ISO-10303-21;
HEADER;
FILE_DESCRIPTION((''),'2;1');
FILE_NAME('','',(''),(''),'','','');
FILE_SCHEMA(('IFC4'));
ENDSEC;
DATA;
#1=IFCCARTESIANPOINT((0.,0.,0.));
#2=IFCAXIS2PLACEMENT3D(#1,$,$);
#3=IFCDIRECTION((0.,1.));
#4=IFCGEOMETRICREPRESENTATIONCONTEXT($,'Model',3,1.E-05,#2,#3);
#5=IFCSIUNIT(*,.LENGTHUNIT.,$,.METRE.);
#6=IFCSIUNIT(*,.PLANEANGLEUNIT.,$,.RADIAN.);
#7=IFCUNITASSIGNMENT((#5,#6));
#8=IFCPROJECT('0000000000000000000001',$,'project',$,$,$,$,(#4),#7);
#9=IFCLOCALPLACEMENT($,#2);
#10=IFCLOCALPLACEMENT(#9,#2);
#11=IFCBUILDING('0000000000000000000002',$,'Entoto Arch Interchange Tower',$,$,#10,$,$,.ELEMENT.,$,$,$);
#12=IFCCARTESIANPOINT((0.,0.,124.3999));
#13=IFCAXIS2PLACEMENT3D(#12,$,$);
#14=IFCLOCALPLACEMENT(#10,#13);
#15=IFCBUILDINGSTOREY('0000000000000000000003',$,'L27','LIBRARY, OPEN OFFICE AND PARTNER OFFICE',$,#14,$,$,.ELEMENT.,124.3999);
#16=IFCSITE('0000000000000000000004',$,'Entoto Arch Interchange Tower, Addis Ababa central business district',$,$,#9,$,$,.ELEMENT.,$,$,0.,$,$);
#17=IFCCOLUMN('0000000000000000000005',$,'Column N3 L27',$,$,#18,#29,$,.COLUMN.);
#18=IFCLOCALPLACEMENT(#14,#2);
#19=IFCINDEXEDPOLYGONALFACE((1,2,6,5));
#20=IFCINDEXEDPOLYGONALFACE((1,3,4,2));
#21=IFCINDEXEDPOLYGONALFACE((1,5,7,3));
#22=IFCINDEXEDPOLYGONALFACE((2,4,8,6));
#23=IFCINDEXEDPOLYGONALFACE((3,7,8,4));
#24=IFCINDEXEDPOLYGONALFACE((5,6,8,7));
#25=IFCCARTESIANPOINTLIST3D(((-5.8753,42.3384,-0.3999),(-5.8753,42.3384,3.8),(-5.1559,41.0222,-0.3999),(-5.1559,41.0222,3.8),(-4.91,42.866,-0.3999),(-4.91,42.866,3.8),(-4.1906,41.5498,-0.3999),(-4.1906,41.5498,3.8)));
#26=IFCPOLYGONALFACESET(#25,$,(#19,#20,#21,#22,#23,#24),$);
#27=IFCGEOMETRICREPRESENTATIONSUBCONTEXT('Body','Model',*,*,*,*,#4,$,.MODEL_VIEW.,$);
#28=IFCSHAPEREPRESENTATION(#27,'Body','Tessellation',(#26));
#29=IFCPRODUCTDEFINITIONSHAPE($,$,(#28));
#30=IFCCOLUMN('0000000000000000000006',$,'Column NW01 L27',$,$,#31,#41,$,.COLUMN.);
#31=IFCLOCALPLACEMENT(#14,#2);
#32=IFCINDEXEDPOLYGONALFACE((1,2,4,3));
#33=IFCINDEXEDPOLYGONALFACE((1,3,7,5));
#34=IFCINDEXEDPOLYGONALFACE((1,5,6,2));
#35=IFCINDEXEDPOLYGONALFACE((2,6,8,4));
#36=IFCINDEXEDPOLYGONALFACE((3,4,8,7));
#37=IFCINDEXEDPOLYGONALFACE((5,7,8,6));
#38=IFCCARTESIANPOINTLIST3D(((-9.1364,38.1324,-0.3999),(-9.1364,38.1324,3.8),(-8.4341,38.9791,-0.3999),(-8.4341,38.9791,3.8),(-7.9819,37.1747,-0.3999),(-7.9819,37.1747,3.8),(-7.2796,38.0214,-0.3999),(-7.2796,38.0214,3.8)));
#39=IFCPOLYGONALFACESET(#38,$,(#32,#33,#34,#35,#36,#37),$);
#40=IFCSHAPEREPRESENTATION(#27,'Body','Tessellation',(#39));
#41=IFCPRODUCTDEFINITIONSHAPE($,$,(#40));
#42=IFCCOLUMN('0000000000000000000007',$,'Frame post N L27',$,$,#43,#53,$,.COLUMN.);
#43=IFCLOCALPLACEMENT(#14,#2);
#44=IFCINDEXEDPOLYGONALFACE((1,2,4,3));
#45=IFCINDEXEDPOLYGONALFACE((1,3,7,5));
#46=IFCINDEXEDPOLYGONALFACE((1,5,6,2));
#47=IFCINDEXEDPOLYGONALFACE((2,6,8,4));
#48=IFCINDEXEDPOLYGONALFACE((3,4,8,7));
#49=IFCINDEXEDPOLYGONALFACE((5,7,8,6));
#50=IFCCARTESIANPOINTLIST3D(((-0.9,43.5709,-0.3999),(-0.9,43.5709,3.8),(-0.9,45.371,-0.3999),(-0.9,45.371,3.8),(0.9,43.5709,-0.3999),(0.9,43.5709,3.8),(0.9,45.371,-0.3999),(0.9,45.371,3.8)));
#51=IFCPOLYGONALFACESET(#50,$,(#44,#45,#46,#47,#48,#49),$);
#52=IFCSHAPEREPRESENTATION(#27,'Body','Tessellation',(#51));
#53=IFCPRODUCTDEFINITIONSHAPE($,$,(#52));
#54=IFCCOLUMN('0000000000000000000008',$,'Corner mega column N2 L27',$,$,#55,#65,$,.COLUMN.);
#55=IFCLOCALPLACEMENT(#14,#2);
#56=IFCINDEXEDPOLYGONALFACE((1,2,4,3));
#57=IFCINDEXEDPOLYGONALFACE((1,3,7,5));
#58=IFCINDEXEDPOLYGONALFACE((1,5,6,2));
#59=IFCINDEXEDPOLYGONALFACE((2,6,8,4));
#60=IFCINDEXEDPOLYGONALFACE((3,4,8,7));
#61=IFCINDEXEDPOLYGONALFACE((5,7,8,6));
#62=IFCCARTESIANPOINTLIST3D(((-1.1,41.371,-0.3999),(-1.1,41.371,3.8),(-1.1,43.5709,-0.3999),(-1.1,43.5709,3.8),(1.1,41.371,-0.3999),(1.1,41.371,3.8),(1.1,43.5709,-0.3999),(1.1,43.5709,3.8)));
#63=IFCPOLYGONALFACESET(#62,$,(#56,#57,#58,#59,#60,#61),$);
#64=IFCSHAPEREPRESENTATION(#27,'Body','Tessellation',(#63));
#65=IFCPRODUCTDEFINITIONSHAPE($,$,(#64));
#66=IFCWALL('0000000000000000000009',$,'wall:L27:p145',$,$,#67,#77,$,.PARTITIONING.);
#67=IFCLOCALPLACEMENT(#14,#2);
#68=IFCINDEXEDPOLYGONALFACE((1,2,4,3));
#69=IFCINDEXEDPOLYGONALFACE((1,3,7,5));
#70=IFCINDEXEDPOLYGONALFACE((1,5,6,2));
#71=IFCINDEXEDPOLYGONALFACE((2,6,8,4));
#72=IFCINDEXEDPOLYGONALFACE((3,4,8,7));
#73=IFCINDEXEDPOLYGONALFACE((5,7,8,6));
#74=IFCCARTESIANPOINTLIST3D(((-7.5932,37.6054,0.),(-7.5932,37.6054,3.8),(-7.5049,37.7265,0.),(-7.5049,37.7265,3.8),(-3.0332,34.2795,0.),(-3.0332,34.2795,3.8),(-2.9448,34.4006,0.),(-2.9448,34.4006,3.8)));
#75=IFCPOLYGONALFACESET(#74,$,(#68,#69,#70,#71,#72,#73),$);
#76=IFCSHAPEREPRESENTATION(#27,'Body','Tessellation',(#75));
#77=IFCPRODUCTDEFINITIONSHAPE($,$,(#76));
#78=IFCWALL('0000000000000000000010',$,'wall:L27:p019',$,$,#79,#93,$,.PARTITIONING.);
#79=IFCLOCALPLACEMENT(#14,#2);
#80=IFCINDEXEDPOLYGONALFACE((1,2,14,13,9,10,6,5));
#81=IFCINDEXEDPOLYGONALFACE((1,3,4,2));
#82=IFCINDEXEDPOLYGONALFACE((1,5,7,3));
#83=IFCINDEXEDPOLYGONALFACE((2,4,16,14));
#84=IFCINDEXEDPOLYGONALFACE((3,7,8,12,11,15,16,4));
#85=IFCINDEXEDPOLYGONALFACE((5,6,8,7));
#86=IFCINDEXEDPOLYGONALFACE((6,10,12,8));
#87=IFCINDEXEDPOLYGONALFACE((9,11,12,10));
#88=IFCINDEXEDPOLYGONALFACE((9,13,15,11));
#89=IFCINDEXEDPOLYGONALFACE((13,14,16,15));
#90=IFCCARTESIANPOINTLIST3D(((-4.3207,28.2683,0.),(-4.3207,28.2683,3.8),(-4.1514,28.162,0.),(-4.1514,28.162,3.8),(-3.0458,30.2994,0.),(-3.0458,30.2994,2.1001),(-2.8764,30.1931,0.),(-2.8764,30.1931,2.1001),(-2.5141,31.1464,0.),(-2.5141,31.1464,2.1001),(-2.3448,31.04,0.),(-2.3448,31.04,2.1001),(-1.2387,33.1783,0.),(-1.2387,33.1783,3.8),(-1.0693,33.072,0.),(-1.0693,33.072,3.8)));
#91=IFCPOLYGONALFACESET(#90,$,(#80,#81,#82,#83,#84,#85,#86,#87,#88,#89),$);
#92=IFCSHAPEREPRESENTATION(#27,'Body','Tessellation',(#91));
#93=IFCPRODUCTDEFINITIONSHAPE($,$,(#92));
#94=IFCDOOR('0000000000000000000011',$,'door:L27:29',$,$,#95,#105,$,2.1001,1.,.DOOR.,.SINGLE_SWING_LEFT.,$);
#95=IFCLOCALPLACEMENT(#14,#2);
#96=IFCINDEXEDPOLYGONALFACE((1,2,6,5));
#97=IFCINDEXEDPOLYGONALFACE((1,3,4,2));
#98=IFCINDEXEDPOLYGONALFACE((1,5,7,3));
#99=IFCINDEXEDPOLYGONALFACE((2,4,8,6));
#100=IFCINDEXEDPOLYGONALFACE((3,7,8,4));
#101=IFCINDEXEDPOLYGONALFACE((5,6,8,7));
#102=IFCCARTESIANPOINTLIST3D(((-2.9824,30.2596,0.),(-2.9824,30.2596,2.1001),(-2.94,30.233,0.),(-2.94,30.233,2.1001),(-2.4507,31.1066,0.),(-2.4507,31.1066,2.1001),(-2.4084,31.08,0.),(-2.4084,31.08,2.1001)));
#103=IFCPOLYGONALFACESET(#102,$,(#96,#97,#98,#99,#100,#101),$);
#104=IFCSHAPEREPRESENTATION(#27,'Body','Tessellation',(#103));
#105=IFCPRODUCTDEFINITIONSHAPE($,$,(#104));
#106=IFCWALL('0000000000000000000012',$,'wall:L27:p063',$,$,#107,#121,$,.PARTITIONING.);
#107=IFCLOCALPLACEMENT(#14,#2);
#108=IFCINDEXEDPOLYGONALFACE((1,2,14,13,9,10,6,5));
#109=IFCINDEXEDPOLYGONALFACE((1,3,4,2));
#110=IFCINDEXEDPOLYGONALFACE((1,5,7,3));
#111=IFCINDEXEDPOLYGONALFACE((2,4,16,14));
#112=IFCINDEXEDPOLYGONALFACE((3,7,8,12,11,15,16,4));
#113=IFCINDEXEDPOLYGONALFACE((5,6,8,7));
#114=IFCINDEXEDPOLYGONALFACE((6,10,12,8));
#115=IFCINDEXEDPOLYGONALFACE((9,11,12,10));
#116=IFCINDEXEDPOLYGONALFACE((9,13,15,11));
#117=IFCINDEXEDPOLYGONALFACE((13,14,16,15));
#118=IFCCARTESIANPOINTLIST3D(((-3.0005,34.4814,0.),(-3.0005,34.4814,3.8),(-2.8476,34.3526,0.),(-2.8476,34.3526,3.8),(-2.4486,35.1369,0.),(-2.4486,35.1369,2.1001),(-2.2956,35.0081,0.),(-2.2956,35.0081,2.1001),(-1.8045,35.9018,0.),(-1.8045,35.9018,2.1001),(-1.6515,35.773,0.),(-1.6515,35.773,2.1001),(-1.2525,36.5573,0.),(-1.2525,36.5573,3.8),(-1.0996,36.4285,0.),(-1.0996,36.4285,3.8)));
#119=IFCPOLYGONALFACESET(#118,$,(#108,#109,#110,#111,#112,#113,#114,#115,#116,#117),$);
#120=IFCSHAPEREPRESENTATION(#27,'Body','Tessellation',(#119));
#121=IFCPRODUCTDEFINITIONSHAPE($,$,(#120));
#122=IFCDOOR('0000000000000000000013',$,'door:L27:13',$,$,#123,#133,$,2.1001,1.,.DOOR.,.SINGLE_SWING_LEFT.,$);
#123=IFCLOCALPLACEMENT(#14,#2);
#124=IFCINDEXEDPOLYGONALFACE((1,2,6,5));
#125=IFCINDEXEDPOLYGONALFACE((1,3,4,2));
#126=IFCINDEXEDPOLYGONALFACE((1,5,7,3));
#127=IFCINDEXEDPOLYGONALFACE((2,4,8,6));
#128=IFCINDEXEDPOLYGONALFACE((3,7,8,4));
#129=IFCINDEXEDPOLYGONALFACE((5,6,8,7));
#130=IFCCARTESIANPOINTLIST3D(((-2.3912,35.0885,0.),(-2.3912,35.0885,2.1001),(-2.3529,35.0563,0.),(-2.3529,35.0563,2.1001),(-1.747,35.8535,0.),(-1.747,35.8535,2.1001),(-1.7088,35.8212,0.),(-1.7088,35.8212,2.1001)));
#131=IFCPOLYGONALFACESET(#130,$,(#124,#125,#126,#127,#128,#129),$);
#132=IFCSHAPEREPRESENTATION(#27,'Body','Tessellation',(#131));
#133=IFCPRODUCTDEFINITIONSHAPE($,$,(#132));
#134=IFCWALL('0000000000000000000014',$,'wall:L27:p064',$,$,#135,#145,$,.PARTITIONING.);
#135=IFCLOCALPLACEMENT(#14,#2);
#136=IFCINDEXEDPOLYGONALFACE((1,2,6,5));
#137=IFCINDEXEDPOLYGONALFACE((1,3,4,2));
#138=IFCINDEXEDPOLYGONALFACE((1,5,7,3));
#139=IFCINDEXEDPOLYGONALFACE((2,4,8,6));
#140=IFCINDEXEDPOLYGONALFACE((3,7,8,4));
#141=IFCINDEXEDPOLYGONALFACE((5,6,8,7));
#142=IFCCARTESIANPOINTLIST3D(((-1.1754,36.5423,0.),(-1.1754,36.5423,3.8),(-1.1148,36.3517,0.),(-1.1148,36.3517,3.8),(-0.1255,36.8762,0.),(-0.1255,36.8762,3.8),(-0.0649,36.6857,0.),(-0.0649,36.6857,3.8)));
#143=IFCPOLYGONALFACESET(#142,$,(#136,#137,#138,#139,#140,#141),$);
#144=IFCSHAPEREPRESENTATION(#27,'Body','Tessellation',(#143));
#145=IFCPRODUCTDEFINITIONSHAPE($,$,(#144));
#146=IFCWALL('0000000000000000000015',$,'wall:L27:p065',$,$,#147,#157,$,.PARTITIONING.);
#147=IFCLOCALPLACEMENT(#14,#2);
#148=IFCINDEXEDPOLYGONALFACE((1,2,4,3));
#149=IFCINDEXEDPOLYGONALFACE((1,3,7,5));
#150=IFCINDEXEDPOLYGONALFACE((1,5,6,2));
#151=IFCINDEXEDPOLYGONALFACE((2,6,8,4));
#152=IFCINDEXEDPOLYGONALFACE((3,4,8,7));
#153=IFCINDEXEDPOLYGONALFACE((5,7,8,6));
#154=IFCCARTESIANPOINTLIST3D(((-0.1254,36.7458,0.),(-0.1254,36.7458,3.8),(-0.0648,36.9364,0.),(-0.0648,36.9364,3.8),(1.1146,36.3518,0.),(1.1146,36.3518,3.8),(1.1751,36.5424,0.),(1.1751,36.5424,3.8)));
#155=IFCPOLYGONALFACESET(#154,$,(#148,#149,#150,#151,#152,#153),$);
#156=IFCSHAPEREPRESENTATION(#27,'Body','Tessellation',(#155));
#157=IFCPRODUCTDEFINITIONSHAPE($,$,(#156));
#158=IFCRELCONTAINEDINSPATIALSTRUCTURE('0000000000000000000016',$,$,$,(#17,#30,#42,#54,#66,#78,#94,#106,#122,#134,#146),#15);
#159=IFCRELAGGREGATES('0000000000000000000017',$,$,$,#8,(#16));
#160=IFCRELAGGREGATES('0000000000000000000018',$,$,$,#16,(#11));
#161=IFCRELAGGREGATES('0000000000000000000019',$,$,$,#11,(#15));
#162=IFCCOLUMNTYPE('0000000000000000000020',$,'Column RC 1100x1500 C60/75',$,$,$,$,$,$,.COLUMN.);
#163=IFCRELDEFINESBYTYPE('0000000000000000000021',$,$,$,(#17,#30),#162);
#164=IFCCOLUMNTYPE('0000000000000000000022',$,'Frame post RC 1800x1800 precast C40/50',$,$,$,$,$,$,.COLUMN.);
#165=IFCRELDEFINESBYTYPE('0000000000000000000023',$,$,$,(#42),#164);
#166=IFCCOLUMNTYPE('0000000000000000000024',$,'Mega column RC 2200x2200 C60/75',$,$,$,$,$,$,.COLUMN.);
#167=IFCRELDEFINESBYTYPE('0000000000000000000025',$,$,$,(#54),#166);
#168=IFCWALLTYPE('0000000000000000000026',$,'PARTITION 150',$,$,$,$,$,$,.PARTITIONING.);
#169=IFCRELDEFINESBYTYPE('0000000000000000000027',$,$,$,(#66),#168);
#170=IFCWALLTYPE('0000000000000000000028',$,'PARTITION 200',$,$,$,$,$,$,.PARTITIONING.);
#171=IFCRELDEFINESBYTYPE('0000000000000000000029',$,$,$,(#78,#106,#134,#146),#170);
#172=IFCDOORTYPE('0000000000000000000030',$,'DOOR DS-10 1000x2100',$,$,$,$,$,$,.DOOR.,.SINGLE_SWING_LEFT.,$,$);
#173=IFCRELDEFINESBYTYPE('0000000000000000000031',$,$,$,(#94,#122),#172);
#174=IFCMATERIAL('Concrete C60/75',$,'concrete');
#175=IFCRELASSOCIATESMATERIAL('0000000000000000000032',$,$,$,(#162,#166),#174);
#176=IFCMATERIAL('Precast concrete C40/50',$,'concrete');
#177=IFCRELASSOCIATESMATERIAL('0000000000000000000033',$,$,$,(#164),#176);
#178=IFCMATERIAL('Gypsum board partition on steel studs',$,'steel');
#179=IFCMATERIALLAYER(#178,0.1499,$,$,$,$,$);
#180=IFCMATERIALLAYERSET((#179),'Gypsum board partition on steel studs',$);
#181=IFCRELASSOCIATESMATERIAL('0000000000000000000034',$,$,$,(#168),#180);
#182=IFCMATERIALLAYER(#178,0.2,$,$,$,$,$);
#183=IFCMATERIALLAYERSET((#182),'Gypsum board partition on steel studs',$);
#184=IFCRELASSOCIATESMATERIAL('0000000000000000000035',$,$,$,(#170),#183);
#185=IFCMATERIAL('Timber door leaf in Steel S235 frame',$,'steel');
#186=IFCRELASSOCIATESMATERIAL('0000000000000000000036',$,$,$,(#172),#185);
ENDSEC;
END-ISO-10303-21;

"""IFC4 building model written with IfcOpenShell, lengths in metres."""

from ifc_helpers import new_model, si_unit, direction, frame, frame_2d, origin, origin_2d, place, context, subcontext, project, spatial, rectangle, extrude, material, layer, layer_set, material_profile, profile_set, type_object, element, fill, save


model = new_model("IFC4")

# Units and contexts
model_context = context("Model", 3, precision=1e-05, world=origin(), true_north=direction((0.0, 1.0)))
body_context = subcontext(model_context, "Body", "Model", "MODEL_VIEW")
ifc_project = project(units=[si_unit("LENGTHUNIT", "METRE"), si_unit("PLANEANGLEUNIT", "RADIAN")], contexts=[model_context])

# Site, building, storey
site_placement = place(None, origin())
site = spatial("IfcSite", under=ifc_project, at=site_placement, Name="Entoto Arch Interchange Tower, Addis Ababa central business district", CompositionType="ELEMENT", RefElevation=0.0)
building_placement = place(site_placement, origin())
building = spatial("IfcBuilding", under=site, at=building_placement, Name="Entoto Arch Interchange Tower", CompositionType="ELEMENT")
storey_placement = place(building_placement, frame((0.0, 0.0, 124.3999)))
storey = spatial("IfcBuildingStorey", under=building, at=storey_placement, Name="L27", Description="LIBRARY, OPEN OFFICE AND PARTNER OFFICE", CompositionType="ELEMENT", Elevation=124.3999)

# Columns
ifc_material_1 = material(Name="Concrete C60/75", Category="concrete")
ifc_material_profile_1 = material_profile(ifc_material_1, rectangle(XDim=1.1001, YDim=1.5, at=origin_2d()))
ifc_profile_set_1 = profile_set([ifc_material_profile_1], Name="Concrete C60/75")
column_type_1 = type_object("IfcColumnType", Name="Column RC 1100x1500 C60/75", PredefinedType="COLUMN", material=ifc_profile_set_1)
for number, where, z_axis, x_axis, name in (
    (1, (-5.033, 41.9441, -0.3999), (0.0, 0.0, 1.0), (0.877481, 0.479611, 0.0), "Column N3 L27"),
    (2, (-8.208, 38.0769, -0.3999), (0.0, 0.0, 1.0), (0.638459, 0.769656, 0.0), "Column NW01 L27"),
):
    element("IfcColumn", number, at=place(storey_placement, frame(where, z_axis=z_axis, x_axis=x_axis)), inside=storey, type_object=column_type_1, Name=name, PredefinedType="COLUMN", context=body_context, shape_type="SweptSolid", body=[
        extrude(rectangle(XDim=1.1001, YDim=1.5, at=origin_2d()), origin(), (0.0, 0.0, 1.0), 4.2),
    ])
ifc_material_2 = material(Name="Precast concrete C40/50", Category="concrete")
ifc_material_profile_2 = material_profile(ifc_material_2, rectangle(XDim=1.8, YDim=1.8, at=origin_2d()))
ifc_profile_set_2 = profile_set([ifc_material_profile_2], Name="Precast concrete C40/50")
column_type_2 = type_object("IfcColumnType", Name="Frame post RC 1800x1800 precast C40/50", PredefinedType="COLUMN", material=ifc_profile_set_2)
column_1_placement = place(storey_placement, frame((0.0, 44.4709, -0.3999), z_axis=(0.0, 0.0, 1.0), x_axis=(0.0, 1.0, 0.0)))
element("IfcColumn", 3, at=column_1_placement, inside=storey, type_object=column_type_2, Name="Frame post N L27", PredefinedType="COLUMN", context=body_context, shape_type="SweptSolid", body=[
    extrude(rectangle(XDim=1.8, YDim=1.8, at=origin_2d()), origin(), (0.0, 0.0, 1.0), 4.2),
])
ifc_material_profile_3 = material_profile(ifc_material_1, rectangle(XDim=2.2, YDim=2.2, at=origin_2d()))
ifc_profile_set_3 = profile_set([ifc_material_profile_3], Name="Concrete C60/75")
column_type_3 = type_object("IfcColumnType", Name="Mega column RC 2200x2200 C60/75", PredefinedType="COLUMN", material=ifc_profile_set_3)
column_2_placement = place(storey_placement, frame((0.0, 42.4709, -0.3999), z_axis=(0.0, 0.0, 1.0), x_axis=(0.0, 1.0, 0.0)))
element("IfcColumn", 4, at=column_2_placement, inside=storey, type_object=column_type_3, Name="Corner mega column N2 L27", PredefinedType="COLUMN", context=body_context, shape_type="SweptSolid", body=[
    extrude(rectangle(XDim=2.2, YDim=2.2, at=origin_2d()), origin(), (0.0, 0.0, 1.0), 4.2),
])

# Wall
ifc_material_3 = material(Name="Gypsum board partition on steel studs", Category="steel")
ifc_layer_1 = layer(ifc_material_3, 0.1499)
ifc_layer_set_1 = layer_set([ifc_layer_1], Name="Gypsum board partition on steel studs")
wall_type_1 = type_object("IfcWallType", Name="PARTITION 150", PredefinedType="PARTITIONING", material=ifc_layer_set_1)
wall_1_placement = place(storey_placement, frame((-2.989, 34.3401, 0.0), z_axis=(0.0, 0.0, 1.0), x_axis=(-0.807933, 0.589275, 0.0)))
element("IfcWall", 5, at=wall_1_placement, inside=storey, type_object=wall_type_1, Name="wall:L27:p145", PredefinedType="PARTITIONING", context=body_context, shape_type="SweptSolid", body=[
    extrude(rectangle(XDim=5.644, YDim=0.1499, at=frame_2d((2.822, 0.0))), origin(), (0.0, 0.0, 1.0), 3.8),
])

# Walls, openings, doors
ifc_layer_2 = layer(ifc_material_3, 0.2)
ifc_layer_set_2 = layer_set([ifc_layer_2], Name="Gypsum board partition on steel studs")
wall_type_2 = type_object("IfcWallType", Name="PARTITION 200", PredefinedType="PARTITIONING", material=ifc_layer_set_2)
wall_2_placement = place(storey_placement, frame((-1.1541, 33.125, 0.0), z_axis=(0.0, 0.0, 1.0), x_axis=(-0.531652, -0.846963, 0.0)))
wall_2 = element("IfcWall", 6, at=wall_2_placement, inside=storey, type_object=wall_type_2, Name="wall:L27:p019", PredefinedType="PARTITIONING", context=body_context, shape_type="SweptSolid", body=[
    extrude(rectangle(XDim=5.7971, YDim=0.2, at=frame_2d((2.8984, 0.0))), origin(), (0.0, 0.0, 1.0), 3.8),
])
opening_1_placement = place(wall_2_placement, frame((2.3989, 0.0, 0.0)))
opening_1 = element("IfcOpeningElement", 7, at=opening_1_placement, cuts=wall_2, PredefinedType="OPENING", context=body_context, shape_type="SweptSolid", body=[
    extrude(rectangle(XDim=1.0, YDim=2.1001, at=frame_2d((0.5, 1.05))), frame((0.0, 0.1099, 0.0), z_axis=(0.0, -1.0, 0.0), x_axis=(1.0, 0.0, 0.0)), (0.0, 0.0, 1.0), 0.22),
])
ifc_material_4 = material(Name="Timber door leaf in Steel S235 frame", Category="steel")
door_type = type_object("IfcDoorType", Name="DOOR DS-10 1000x2100", OperationType="SINGLE_SWING_LEFT", PredefinedType="DOOR", material=ifc_material_4)
door_1_placement = place(opening_1_placement, origin())
door_1 = element("IfcDoor", 8, at=door_1_placement, inside=storey, type_object=door_type, Name="door:L27:29", OperationType="SINGLE_SWING_LEFT", OverallHeight=2.1001, OverallWidth=1.0, PredefinedType="DOOR", context=body_context, shape_type="SweptSolid", body=[
    extrude(rectangle(XDim=1.0, YDim=2.1001, at=frame_2d((0.5, 1.05))), frame((0.0, 0.0249, 0.0), z_axis=(0.0, -1.0, 0.0), x_axis=(1.0, 0.0, 0.0)), (0.0, 0.0, 1.0), 0.05),
])
fill(opening_1, door_1)
wall_3_placement = place(storey_placement, frame((-2.9241, 34.417, 0.0), z_axis=(0.0, 0.0, 1.0), x_axis=(0.644114, 0.76493, 0.0)))
wall_3 = element("IfcWall", 9, at=wall_3_placement, inside=storey, type_object=wall_type_2, Name="wall:L27:p063", PredefinedType="PARTITIONING", context=body_context, shape_type="SweptSolid", body=[
    extrude(rectangle(XDim=2.7139, YDim=0.2, at=frame_2d((1.3569, 0.0))), origin(), (0.0, 0.0, 1.0), 3.8),
])
opening_2_placement = place(wall_3_placement, frame((0.8569, 0.0, 0.0)))
opening_2 = element("IfcOpeningElement", 10, at=opening_2_placement, cuts=wall_3, PredefinedType="OPENING", context=body_context, shape_type="SweptSolid", body=[
    extrude(rectangle(XDim=1.0, YDim=2.1001, at=frame_2d((0.5, 1.05))), frame((0.0, 0.1099, 0.0), z_axis=(0.0, -1.0, 0.0), x_axis=(1.0, 0.0, 0.0)), (0.0, 0.0, 1.0), 0.22),
])
door_2_placement = place(opening_2_placement, origin())
door_2 = element("IfcDoor", 11, at=door_2_placement, inside=storey, type_object=door_type, Name="door:L27:13", OperationType="SINGLE_SWING_LEFT", OverallHeight=2.1001, OverallWidth=1.0, PredefinedType="DOOR", context=body_context, shape_type="SweptSolid", body=[
    extrude(rectangle(XDim=1.0, YDim=2.1001, at=frame_2d((0.5, 1.05))), frame((0.0, 0.0249, 0.0), z_axis=(0.0, -1.0, 0.0), x_axis=(1.0, 0.0, 0.0)), (0.0, 0.0, 1.0), 0.05),
])
fill(opening_2, door_2)

# Walls
wall_4_placement = place(storey_placement, frame((-1.145, 36.447, 0.0), z_axis=(0.0, 0.0, 1.0), x_axis=(0.952958, 0.303103, 0.0)))
element("IfcWall", 12, at=wall_4_placement, inside=storey, type_object=wall_type_2, Name="wall:L27:p064", PredefinedType="PARTITIONING", context=body_context, shape_type="SweptSolid", body=[
    extrude(rectangle(XDim=1.1018, YDim=0.2, at=frame_2d((0.5508, 0.0))), origin(), (0.0, 0.0, 1.0), 3.8),
])
wall_5_placement = place(storey_placement, frame((-0.095, 36.8411, 0.0), z_axis=(0.0, 0.0, 1.0), x_axis=(0.953037, -0.302855, 0.0)))
element("IfcWall", 13, at=wall_5_placement, inside=storey, type_object=wall_type_2, Name="wall:L27:p065", PredefinedType="PARTITIONING", context=body_context, shape_type="SweptSolid", body=[
    extrude(rectangle(XDim=1.301, YDim=0.2, at=frame_2d((0.6504, 0.0))), origin(), (0.0, 0.0, 1.0), 3.8),
])

save(model, "model.ifc")
